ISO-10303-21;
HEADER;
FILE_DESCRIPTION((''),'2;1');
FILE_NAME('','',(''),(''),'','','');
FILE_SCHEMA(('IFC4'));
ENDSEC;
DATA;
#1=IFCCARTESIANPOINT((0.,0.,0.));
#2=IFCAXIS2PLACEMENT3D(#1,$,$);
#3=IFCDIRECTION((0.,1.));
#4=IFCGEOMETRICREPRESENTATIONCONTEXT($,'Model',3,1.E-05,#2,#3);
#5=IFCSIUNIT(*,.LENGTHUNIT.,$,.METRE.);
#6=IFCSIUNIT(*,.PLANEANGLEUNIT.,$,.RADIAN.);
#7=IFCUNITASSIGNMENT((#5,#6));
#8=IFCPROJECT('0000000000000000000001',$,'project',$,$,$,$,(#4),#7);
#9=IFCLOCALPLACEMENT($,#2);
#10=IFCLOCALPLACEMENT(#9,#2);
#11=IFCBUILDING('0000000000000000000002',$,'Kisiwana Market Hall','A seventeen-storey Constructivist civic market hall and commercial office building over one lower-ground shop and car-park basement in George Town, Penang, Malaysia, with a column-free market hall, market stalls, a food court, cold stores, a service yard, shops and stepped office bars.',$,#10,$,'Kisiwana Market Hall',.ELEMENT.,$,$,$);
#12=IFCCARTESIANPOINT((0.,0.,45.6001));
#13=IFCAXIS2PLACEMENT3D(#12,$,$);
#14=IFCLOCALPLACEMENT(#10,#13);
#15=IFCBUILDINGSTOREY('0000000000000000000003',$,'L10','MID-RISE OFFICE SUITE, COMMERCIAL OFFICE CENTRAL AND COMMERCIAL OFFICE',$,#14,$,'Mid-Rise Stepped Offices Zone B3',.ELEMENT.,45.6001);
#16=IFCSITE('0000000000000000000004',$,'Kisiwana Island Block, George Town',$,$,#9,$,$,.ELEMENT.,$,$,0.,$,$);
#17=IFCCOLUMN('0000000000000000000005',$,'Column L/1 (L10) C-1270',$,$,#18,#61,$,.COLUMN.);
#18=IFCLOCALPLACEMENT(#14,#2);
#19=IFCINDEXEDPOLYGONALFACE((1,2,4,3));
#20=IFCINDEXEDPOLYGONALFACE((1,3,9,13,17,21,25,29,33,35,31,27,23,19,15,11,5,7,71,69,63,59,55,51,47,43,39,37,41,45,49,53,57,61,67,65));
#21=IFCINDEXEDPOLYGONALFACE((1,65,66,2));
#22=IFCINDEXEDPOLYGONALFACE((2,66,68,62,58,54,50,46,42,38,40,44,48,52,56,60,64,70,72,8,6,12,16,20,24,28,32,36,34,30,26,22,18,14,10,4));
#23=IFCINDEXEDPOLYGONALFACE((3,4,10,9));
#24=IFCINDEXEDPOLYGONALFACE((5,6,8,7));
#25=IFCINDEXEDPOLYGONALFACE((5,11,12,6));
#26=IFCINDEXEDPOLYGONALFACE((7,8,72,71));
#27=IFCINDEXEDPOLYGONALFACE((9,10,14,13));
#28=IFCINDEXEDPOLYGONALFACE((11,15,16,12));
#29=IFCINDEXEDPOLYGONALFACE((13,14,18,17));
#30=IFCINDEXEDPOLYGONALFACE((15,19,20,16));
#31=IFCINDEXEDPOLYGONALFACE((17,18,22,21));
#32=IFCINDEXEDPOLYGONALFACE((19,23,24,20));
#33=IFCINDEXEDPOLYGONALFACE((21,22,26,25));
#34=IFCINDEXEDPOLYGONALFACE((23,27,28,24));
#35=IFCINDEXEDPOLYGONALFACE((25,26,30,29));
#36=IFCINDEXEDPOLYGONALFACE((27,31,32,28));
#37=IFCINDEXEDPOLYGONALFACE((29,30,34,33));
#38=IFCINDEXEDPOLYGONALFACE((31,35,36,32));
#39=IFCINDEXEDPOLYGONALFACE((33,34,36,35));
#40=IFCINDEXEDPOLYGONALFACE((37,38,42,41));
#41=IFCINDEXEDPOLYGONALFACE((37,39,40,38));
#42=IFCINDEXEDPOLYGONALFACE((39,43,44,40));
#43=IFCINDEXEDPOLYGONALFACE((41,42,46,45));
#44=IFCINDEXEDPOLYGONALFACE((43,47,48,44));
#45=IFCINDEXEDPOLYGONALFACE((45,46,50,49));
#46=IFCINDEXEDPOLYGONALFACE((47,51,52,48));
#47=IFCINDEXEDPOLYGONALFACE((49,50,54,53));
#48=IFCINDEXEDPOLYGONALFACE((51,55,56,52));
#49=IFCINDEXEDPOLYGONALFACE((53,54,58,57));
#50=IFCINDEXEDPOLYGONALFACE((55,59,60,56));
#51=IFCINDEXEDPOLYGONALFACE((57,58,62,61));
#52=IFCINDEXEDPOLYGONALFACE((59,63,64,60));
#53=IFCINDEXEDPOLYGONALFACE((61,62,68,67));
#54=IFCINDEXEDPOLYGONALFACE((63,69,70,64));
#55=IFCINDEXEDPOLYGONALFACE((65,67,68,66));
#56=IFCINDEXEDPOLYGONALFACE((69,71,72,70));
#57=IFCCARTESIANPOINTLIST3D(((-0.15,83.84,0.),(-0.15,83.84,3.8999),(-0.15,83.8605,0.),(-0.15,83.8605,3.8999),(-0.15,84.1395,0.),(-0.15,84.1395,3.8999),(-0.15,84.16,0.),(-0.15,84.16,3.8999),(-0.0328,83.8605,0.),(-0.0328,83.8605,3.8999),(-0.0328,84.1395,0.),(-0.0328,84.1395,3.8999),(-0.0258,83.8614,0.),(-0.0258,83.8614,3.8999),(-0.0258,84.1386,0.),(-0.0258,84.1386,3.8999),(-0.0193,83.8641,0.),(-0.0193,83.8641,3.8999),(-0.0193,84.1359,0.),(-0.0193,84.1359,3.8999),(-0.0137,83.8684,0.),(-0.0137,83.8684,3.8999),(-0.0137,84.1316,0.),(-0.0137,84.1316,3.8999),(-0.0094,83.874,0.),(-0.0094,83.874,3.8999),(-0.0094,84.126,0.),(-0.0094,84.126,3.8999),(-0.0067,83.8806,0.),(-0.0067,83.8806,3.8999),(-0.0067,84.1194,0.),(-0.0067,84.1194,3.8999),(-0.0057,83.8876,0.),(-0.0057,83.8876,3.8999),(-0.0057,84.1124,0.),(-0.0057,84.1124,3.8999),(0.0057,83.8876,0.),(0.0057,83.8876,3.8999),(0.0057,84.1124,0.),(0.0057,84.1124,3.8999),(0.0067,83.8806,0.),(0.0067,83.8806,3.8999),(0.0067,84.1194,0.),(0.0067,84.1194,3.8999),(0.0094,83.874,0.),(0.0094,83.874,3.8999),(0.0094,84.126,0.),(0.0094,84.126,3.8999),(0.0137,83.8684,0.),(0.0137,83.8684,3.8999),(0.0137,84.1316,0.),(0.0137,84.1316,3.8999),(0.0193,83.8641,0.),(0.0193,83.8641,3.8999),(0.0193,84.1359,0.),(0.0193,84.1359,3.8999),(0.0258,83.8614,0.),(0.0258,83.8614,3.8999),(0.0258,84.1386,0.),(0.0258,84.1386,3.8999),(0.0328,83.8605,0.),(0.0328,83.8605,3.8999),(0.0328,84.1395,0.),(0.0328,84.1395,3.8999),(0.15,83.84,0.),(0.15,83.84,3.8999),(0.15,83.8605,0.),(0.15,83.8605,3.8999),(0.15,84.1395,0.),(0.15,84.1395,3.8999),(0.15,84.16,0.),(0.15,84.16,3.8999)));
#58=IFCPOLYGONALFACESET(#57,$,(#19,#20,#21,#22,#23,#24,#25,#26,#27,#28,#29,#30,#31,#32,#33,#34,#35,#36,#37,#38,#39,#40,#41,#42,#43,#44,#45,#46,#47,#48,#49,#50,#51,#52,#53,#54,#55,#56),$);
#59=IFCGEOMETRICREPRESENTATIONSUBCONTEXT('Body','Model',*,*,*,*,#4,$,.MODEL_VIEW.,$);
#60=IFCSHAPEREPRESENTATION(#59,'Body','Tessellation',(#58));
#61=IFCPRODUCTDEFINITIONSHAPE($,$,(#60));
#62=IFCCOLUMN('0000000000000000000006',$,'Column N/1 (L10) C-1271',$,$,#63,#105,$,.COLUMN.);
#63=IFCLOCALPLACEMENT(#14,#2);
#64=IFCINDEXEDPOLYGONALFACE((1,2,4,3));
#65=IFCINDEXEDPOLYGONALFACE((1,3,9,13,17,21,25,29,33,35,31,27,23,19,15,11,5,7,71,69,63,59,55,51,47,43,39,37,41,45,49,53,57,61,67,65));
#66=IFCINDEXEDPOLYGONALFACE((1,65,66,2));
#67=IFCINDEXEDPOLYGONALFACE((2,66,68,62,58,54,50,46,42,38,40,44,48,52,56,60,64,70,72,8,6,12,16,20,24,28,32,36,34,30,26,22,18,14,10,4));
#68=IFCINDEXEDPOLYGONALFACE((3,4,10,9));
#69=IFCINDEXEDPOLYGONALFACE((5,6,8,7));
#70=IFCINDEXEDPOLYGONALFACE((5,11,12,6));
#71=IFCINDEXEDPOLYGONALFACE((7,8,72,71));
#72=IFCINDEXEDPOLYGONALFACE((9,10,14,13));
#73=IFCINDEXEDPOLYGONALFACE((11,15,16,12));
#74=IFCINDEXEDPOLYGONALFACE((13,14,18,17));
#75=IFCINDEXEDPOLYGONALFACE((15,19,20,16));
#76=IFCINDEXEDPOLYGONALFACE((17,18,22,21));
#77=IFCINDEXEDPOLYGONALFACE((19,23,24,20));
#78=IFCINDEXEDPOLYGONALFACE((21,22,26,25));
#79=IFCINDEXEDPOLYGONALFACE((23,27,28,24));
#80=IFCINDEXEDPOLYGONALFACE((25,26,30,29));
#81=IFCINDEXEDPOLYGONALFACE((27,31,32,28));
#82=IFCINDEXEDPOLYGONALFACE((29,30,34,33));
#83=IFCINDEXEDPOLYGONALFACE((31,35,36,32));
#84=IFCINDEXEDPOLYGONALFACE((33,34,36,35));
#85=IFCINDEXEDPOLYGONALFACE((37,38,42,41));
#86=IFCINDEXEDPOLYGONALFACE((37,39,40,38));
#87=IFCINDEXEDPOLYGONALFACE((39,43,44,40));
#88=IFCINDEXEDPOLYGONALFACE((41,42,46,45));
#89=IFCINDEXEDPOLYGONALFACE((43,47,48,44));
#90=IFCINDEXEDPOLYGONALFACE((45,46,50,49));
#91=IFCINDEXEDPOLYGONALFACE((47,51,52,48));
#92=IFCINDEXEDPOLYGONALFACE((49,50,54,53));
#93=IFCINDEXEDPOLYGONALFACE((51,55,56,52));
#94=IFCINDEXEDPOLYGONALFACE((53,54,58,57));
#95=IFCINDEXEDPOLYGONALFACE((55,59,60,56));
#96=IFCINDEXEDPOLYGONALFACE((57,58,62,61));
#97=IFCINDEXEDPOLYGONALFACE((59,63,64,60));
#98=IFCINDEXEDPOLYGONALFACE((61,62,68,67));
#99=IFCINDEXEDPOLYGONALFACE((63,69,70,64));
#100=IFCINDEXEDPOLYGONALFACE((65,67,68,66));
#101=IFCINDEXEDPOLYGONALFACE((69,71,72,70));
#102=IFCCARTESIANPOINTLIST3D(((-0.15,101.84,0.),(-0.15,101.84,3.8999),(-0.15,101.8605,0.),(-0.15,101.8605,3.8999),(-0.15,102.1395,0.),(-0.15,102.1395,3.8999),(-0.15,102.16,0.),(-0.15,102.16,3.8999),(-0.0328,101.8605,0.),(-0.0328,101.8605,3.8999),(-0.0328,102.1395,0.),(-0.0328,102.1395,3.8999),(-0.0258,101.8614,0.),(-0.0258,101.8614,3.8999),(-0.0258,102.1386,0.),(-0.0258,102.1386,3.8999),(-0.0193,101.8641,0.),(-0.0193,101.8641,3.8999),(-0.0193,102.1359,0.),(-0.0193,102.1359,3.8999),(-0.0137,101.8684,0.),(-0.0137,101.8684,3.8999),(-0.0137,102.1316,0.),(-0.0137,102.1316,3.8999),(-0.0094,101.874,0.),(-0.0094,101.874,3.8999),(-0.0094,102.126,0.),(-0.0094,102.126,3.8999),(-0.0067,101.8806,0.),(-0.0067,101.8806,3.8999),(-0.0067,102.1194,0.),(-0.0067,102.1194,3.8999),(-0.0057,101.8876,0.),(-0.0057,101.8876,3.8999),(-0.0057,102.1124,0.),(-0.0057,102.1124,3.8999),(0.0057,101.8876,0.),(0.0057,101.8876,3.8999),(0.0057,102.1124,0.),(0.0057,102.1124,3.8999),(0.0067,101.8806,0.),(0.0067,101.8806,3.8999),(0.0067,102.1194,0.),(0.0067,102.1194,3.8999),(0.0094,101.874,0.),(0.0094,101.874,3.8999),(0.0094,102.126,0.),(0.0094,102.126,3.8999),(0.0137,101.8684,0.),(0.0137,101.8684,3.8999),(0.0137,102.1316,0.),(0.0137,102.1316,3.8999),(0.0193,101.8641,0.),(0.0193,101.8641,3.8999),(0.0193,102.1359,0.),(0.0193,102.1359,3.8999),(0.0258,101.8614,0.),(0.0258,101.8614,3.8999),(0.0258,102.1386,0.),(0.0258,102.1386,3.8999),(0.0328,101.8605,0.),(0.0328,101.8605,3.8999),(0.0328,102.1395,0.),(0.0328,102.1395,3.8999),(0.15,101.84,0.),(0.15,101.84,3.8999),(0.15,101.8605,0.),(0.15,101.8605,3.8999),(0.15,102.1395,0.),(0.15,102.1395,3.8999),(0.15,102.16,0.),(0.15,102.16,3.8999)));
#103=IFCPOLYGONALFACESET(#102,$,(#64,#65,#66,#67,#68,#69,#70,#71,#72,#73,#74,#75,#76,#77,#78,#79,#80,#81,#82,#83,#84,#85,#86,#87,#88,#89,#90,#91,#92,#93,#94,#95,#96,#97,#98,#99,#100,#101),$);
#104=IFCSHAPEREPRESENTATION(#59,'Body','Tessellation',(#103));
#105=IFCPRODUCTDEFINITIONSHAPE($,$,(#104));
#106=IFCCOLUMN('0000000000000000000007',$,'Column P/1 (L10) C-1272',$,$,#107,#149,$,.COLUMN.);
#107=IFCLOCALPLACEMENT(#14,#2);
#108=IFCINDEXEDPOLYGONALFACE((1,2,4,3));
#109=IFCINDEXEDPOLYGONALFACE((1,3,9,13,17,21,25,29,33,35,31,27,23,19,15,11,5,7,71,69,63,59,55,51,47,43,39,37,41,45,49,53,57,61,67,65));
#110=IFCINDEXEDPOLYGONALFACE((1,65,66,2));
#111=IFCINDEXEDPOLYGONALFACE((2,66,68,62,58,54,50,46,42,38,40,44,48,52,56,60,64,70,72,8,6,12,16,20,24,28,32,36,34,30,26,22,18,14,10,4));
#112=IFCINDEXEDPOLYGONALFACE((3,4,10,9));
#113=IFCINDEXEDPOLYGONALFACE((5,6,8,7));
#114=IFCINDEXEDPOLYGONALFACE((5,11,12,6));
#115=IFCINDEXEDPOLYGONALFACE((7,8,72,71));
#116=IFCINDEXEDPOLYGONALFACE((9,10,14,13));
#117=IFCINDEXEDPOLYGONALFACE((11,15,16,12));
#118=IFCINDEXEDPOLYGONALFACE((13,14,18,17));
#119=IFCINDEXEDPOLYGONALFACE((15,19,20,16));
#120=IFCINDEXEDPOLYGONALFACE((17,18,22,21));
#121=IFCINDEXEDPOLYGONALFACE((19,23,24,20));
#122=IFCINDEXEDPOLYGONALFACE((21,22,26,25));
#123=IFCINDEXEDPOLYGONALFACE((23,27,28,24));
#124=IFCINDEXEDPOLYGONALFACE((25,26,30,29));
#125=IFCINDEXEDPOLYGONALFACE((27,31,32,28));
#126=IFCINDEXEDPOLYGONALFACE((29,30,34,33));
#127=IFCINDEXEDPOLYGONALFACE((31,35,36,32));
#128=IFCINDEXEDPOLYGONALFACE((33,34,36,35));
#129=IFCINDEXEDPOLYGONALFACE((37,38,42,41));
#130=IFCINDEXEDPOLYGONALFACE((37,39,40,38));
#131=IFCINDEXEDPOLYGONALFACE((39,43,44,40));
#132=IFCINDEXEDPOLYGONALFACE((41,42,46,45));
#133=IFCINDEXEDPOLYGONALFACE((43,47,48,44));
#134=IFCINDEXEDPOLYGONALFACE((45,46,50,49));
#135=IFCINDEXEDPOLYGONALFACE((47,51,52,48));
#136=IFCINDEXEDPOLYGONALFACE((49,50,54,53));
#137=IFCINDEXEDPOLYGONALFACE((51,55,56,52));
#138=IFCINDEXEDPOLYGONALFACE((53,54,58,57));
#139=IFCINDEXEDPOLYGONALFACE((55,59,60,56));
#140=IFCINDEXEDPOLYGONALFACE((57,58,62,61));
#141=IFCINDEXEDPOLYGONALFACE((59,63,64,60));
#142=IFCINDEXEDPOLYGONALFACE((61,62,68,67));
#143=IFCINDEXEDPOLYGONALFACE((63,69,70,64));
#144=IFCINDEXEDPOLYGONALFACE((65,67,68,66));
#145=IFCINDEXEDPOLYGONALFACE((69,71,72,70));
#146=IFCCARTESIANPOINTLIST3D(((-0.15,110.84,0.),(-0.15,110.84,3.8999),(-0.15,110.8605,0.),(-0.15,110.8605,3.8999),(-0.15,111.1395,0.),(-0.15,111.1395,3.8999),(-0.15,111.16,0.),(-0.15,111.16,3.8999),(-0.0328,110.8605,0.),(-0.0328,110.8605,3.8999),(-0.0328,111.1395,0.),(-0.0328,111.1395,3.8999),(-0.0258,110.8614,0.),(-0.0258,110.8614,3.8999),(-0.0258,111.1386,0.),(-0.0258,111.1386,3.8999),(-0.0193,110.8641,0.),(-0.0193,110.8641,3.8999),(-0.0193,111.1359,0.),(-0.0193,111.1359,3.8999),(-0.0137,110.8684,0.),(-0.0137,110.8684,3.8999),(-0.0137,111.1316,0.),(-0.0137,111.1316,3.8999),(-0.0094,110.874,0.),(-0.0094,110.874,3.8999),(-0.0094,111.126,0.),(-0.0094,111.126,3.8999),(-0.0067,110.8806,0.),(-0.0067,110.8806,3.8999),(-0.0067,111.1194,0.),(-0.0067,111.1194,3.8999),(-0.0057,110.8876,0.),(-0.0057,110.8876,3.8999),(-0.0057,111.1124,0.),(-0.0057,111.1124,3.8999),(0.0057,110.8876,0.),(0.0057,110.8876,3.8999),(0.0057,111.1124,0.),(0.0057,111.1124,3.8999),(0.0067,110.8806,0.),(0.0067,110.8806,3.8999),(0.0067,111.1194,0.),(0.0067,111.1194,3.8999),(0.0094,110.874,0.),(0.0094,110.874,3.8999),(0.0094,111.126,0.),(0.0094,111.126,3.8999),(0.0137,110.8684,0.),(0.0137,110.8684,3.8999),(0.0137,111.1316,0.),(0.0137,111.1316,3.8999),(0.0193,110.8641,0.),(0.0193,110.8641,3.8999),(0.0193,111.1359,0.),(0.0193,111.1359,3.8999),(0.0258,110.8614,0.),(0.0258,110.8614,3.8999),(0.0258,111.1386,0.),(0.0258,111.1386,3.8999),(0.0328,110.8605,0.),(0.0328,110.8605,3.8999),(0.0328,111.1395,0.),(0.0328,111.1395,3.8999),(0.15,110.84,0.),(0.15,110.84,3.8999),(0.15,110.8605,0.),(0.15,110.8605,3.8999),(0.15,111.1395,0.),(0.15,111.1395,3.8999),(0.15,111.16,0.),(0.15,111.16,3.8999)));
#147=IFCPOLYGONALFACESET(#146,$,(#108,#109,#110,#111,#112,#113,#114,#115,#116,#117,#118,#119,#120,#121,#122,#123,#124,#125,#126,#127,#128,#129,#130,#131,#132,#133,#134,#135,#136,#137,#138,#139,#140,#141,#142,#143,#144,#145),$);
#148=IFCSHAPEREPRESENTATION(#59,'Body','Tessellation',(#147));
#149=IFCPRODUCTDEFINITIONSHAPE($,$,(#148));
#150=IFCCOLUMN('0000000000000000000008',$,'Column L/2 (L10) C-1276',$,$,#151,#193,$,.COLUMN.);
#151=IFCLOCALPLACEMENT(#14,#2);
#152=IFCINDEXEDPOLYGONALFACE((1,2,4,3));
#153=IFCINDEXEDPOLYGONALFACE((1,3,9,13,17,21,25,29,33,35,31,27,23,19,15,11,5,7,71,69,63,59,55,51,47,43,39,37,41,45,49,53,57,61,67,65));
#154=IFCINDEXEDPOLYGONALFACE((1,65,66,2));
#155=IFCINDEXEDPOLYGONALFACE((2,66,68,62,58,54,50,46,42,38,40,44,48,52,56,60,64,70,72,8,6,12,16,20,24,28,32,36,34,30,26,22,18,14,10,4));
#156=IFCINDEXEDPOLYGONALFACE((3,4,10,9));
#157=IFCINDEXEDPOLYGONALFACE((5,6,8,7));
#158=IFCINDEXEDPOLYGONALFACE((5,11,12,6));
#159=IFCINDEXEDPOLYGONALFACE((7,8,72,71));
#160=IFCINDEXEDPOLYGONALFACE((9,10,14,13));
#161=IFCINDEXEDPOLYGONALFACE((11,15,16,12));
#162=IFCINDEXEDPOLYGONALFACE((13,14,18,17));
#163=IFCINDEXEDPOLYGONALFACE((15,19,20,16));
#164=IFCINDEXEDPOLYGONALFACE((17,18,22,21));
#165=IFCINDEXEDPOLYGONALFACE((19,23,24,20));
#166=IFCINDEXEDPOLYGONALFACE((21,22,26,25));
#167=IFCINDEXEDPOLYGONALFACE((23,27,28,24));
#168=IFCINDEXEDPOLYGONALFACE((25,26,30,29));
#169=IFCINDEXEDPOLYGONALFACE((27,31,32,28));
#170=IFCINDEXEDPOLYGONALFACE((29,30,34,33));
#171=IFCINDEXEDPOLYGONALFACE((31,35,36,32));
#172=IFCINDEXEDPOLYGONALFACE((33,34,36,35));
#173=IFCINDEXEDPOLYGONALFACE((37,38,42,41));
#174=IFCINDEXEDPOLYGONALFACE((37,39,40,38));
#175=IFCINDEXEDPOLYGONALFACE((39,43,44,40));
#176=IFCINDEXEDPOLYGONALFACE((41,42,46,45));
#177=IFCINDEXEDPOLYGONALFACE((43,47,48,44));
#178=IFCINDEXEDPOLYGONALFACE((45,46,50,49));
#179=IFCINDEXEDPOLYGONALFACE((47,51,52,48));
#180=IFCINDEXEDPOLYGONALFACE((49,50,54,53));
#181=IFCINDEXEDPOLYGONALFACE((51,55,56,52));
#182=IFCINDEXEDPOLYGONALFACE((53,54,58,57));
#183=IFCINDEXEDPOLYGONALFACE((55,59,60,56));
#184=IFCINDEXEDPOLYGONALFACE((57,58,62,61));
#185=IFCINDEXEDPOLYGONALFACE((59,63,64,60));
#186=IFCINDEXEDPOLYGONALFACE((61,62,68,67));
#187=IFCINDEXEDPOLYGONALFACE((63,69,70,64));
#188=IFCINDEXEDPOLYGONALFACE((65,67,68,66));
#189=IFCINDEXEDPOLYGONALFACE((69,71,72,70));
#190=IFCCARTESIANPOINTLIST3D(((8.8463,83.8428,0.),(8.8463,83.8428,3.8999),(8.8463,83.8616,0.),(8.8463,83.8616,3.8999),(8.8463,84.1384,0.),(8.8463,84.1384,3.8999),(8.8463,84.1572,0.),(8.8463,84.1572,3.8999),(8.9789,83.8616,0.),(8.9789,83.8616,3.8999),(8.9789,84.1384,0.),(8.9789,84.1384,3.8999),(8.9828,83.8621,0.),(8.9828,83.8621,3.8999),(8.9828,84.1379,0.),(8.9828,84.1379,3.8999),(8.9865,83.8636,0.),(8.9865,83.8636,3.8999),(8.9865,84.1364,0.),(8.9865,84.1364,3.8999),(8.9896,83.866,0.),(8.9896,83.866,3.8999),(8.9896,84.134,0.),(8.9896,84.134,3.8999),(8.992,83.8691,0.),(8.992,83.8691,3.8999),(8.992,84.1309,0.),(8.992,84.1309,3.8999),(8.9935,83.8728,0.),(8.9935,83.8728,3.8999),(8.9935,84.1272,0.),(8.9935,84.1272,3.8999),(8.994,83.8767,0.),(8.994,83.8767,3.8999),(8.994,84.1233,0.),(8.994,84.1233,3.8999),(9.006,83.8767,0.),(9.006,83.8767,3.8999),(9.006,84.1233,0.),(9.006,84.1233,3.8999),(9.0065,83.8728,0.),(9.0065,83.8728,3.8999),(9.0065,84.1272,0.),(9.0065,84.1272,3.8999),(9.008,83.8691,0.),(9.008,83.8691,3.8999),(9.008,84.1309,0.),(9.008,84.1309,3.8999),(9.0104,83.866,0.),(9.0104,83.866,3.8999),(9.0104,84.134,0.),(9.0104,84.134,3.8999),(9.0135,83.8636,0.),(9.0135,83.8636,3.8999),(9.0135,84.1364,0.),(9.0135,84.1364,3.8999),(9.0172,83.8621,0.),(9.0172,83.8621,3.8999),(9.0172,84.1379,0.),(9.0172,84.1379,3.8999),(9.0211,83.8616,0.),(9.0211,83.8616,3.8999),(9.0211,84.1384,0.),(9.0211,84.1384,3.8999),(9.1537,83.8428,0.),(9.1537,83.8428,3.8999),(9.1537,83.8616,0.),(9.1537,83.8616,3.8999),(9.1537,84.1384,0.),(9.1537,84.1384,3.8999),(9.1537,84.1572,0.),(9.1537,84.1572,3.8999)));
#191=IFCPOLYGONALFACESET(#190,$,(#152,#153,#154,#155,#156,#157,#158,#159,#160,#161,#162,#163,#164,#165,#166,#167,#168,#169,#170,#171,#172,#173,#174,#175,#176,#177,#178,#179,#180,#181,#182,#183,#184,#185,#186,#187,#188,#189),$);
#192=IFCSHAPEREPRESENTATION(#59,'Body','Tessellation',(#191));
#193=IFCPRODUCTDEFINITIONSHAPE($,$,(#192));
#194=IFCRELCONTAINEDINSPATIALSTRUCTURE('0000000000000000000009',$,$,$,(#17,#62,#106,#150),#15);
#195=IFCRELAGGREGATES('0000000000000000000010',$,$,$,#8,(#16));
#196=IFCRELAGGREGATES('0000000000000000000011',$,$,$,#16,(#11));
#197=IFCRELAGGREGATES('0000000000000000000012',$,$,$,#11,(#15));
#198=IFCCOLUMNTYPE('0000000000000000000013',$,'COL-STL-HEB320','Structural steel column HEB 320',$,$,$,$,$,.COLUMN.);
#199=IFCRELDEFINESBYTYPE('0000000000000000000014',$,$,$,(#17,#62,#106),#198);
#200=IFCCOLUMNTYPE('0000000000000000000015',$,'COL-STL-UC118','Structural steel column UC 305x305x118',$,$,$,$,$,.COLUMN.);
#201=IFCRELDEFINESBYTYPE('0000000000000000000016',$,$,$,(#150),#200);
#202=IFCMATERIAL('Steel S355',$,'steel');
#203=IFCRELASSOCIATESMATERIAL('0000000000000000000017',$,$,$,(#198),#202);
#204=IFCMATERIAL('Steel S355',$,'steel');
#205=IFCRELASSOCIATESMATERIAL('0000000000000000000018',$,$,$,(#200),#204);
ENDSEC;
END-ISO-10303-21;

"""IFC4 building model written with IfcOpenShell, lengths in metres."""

from ifc_helpers import new_model, si_unit, direction, frame, origin, origin_2d, place, context, subcontext, project, spatial, i_section, extrude, material, material_profile, profile_set, type_object, element, save


model = new_model("IFC4")

# Units and contexts
model_context = context("Model", 3, precision=1e-05, world=origin(), true_north=direction((0.0, 1.0)))
body_context = subcontext(model_context, "Body", "Model", "MODEL_VIEW")
ifc_project = project(units=[si_unit("LENGTHUNIT", "METRE"), si_unit("PLANEANGLEUNIT", "RADIAN")], contexts=[model_context])

# Site, building, storey
site_placement = place(None, origin())
site = spatial("IfcSite", under=ifc_project, at=site_placement, Name="Kisiwana Island Block, George Town", CompositionType="ELEMENT", RefElevation=0.0)
building_placement = place(site_placement, origin())
building = spatial("IfcBuilding", under=site, at=building_placement, Name="Kisiwana Market Hall", Description="A seventeen-storey Constructivist civic market hall and commercial office building over one lower-ground shop and car-park basement in George Town, Penang, Malaysia, with a column-free market hall, market stalls, a food court, cold stores, a service yard, shops and stepped office bars.", LongName="Kisiwana Market Hall", CompositionType="ELEMENT")
storey_placement = place(building_placement, frame((0.0, 0.0, 45.6001)))
storey = spatial("IfcBuildingStorey", under=building, at=storey_placement, Name="L10", Description="MID-RISE OFFICE SUITE, COMMERCIAL OFFICE CENTRAL AND COMMERCIAL OFFICE", LongName="Mid-Rise Stepped Offices Zone B3", CompositionType="ELEMENT", Elevation=45.6001)

# Columns
ifc_material_1 = material(Name="Steel S355", Category="steel")
ifc_material_profile_1 = material_profile(ifc_material_1, i_section(OverallWidth=0.3, OverallDepth=0.3201, WebThickness=0.0115, FlangeThickness=0.0205, FilletRadius=0.0271, at=origin_2d()), Name="HEB 320")
ifc_profile_set_1 = profile_set([ifc_material_profile_1], Name="Steel S355")
column_type_1 = type_object("IfcColumnType", Name="COL-STL-HEB320", Description="Structural steel column HEB 320", PredefinedType="COLUMN", material=ifc_profile_set_1)
for number, where, z_axis, x_axis, name in (
    (1, (0.0, 84.0, 0.0), (0.0, 0.0, 1.0), (1.0, 0.0, 0.0), "Column L/1 (L10) C-1270"),
    (2, (0.0, 102.0, 0.0), (0.0, 0.0, 1.0), (1.0, 0.0, 0.0), "Column N/1 (L10) C-1271"),
    (3, (0.0, 111.0, 0.0), (0.0, 0.0, 1.0), (1.0, 0.0, 0.0), "Column P/1 (L10) C-1272"),
):
    element("IfcColumn", number, at=place(storey_placement, frame(where, z_axis=z_axis, x_axis=x_axis)), inside=storey, type_object=column_type_1, Name=name, PredefinedType="COLUMN", context=body_context, shape_type="SweptSolid", body=[
        extrude(i_section(OverallWidth=0.3, OverallDepth=0.3201, WebThickness=0.0115, FlangeThickness=0.0205, FilletRadius=0.0271, at=origin_2d()), origin(), (0.0, 0.0, 1.0), 3.8999),
    ])
ifc_material_2 = material(Name="Steel S355", Category="steel")
ifc_material_profile_2 = material_profile(ifc_material_2, i_section(OverallWidth=0.3074, OverallDepth=0.3145, WebThickness=0.012, FlangeThickness=0.0188, FilletRadius=0.0151, at=origin_2d()), Name="UC 305x305x118")
ifc_profile_set_2 = profile_set([ifc_material_profile_2], Name="Steel S355")
column_type_2 = type_object("IfcColumnType", Name="COL-STL-UC118", Description="Structural steel column UC 305x305x118", PredefinedType="COLUMN", material=ifc_profile_set_2)
for number, where, z_axis, x_axis, name in (
    (4, (9.0, 84.0, 0.0), (0.0, 0.0, 1.0), (1.0, 0.0, 0.0), "Column L/2 (L10) C-1276"),
):
    element("IfcColumn", number, at=place(storey_placement, frame(where, z_axis=z_axis, x_axis=x_axis)), inside=storey, type_object=column_type_2, Name=name, PredefinedType="COLUMN", context=body_context, shape_type="SweptSolid", body=[
        extrude(i_section(OverallWidth=0.3074, OverallDepth=0.3145, WebThickness=0.012, FlangeThickness=0.0188, FilletRadius=0.0151, at=origin_2d()), origin(), (0.0, 0.0, 1.0), 3.8999),
    ])

save(model, "model.ifc")
